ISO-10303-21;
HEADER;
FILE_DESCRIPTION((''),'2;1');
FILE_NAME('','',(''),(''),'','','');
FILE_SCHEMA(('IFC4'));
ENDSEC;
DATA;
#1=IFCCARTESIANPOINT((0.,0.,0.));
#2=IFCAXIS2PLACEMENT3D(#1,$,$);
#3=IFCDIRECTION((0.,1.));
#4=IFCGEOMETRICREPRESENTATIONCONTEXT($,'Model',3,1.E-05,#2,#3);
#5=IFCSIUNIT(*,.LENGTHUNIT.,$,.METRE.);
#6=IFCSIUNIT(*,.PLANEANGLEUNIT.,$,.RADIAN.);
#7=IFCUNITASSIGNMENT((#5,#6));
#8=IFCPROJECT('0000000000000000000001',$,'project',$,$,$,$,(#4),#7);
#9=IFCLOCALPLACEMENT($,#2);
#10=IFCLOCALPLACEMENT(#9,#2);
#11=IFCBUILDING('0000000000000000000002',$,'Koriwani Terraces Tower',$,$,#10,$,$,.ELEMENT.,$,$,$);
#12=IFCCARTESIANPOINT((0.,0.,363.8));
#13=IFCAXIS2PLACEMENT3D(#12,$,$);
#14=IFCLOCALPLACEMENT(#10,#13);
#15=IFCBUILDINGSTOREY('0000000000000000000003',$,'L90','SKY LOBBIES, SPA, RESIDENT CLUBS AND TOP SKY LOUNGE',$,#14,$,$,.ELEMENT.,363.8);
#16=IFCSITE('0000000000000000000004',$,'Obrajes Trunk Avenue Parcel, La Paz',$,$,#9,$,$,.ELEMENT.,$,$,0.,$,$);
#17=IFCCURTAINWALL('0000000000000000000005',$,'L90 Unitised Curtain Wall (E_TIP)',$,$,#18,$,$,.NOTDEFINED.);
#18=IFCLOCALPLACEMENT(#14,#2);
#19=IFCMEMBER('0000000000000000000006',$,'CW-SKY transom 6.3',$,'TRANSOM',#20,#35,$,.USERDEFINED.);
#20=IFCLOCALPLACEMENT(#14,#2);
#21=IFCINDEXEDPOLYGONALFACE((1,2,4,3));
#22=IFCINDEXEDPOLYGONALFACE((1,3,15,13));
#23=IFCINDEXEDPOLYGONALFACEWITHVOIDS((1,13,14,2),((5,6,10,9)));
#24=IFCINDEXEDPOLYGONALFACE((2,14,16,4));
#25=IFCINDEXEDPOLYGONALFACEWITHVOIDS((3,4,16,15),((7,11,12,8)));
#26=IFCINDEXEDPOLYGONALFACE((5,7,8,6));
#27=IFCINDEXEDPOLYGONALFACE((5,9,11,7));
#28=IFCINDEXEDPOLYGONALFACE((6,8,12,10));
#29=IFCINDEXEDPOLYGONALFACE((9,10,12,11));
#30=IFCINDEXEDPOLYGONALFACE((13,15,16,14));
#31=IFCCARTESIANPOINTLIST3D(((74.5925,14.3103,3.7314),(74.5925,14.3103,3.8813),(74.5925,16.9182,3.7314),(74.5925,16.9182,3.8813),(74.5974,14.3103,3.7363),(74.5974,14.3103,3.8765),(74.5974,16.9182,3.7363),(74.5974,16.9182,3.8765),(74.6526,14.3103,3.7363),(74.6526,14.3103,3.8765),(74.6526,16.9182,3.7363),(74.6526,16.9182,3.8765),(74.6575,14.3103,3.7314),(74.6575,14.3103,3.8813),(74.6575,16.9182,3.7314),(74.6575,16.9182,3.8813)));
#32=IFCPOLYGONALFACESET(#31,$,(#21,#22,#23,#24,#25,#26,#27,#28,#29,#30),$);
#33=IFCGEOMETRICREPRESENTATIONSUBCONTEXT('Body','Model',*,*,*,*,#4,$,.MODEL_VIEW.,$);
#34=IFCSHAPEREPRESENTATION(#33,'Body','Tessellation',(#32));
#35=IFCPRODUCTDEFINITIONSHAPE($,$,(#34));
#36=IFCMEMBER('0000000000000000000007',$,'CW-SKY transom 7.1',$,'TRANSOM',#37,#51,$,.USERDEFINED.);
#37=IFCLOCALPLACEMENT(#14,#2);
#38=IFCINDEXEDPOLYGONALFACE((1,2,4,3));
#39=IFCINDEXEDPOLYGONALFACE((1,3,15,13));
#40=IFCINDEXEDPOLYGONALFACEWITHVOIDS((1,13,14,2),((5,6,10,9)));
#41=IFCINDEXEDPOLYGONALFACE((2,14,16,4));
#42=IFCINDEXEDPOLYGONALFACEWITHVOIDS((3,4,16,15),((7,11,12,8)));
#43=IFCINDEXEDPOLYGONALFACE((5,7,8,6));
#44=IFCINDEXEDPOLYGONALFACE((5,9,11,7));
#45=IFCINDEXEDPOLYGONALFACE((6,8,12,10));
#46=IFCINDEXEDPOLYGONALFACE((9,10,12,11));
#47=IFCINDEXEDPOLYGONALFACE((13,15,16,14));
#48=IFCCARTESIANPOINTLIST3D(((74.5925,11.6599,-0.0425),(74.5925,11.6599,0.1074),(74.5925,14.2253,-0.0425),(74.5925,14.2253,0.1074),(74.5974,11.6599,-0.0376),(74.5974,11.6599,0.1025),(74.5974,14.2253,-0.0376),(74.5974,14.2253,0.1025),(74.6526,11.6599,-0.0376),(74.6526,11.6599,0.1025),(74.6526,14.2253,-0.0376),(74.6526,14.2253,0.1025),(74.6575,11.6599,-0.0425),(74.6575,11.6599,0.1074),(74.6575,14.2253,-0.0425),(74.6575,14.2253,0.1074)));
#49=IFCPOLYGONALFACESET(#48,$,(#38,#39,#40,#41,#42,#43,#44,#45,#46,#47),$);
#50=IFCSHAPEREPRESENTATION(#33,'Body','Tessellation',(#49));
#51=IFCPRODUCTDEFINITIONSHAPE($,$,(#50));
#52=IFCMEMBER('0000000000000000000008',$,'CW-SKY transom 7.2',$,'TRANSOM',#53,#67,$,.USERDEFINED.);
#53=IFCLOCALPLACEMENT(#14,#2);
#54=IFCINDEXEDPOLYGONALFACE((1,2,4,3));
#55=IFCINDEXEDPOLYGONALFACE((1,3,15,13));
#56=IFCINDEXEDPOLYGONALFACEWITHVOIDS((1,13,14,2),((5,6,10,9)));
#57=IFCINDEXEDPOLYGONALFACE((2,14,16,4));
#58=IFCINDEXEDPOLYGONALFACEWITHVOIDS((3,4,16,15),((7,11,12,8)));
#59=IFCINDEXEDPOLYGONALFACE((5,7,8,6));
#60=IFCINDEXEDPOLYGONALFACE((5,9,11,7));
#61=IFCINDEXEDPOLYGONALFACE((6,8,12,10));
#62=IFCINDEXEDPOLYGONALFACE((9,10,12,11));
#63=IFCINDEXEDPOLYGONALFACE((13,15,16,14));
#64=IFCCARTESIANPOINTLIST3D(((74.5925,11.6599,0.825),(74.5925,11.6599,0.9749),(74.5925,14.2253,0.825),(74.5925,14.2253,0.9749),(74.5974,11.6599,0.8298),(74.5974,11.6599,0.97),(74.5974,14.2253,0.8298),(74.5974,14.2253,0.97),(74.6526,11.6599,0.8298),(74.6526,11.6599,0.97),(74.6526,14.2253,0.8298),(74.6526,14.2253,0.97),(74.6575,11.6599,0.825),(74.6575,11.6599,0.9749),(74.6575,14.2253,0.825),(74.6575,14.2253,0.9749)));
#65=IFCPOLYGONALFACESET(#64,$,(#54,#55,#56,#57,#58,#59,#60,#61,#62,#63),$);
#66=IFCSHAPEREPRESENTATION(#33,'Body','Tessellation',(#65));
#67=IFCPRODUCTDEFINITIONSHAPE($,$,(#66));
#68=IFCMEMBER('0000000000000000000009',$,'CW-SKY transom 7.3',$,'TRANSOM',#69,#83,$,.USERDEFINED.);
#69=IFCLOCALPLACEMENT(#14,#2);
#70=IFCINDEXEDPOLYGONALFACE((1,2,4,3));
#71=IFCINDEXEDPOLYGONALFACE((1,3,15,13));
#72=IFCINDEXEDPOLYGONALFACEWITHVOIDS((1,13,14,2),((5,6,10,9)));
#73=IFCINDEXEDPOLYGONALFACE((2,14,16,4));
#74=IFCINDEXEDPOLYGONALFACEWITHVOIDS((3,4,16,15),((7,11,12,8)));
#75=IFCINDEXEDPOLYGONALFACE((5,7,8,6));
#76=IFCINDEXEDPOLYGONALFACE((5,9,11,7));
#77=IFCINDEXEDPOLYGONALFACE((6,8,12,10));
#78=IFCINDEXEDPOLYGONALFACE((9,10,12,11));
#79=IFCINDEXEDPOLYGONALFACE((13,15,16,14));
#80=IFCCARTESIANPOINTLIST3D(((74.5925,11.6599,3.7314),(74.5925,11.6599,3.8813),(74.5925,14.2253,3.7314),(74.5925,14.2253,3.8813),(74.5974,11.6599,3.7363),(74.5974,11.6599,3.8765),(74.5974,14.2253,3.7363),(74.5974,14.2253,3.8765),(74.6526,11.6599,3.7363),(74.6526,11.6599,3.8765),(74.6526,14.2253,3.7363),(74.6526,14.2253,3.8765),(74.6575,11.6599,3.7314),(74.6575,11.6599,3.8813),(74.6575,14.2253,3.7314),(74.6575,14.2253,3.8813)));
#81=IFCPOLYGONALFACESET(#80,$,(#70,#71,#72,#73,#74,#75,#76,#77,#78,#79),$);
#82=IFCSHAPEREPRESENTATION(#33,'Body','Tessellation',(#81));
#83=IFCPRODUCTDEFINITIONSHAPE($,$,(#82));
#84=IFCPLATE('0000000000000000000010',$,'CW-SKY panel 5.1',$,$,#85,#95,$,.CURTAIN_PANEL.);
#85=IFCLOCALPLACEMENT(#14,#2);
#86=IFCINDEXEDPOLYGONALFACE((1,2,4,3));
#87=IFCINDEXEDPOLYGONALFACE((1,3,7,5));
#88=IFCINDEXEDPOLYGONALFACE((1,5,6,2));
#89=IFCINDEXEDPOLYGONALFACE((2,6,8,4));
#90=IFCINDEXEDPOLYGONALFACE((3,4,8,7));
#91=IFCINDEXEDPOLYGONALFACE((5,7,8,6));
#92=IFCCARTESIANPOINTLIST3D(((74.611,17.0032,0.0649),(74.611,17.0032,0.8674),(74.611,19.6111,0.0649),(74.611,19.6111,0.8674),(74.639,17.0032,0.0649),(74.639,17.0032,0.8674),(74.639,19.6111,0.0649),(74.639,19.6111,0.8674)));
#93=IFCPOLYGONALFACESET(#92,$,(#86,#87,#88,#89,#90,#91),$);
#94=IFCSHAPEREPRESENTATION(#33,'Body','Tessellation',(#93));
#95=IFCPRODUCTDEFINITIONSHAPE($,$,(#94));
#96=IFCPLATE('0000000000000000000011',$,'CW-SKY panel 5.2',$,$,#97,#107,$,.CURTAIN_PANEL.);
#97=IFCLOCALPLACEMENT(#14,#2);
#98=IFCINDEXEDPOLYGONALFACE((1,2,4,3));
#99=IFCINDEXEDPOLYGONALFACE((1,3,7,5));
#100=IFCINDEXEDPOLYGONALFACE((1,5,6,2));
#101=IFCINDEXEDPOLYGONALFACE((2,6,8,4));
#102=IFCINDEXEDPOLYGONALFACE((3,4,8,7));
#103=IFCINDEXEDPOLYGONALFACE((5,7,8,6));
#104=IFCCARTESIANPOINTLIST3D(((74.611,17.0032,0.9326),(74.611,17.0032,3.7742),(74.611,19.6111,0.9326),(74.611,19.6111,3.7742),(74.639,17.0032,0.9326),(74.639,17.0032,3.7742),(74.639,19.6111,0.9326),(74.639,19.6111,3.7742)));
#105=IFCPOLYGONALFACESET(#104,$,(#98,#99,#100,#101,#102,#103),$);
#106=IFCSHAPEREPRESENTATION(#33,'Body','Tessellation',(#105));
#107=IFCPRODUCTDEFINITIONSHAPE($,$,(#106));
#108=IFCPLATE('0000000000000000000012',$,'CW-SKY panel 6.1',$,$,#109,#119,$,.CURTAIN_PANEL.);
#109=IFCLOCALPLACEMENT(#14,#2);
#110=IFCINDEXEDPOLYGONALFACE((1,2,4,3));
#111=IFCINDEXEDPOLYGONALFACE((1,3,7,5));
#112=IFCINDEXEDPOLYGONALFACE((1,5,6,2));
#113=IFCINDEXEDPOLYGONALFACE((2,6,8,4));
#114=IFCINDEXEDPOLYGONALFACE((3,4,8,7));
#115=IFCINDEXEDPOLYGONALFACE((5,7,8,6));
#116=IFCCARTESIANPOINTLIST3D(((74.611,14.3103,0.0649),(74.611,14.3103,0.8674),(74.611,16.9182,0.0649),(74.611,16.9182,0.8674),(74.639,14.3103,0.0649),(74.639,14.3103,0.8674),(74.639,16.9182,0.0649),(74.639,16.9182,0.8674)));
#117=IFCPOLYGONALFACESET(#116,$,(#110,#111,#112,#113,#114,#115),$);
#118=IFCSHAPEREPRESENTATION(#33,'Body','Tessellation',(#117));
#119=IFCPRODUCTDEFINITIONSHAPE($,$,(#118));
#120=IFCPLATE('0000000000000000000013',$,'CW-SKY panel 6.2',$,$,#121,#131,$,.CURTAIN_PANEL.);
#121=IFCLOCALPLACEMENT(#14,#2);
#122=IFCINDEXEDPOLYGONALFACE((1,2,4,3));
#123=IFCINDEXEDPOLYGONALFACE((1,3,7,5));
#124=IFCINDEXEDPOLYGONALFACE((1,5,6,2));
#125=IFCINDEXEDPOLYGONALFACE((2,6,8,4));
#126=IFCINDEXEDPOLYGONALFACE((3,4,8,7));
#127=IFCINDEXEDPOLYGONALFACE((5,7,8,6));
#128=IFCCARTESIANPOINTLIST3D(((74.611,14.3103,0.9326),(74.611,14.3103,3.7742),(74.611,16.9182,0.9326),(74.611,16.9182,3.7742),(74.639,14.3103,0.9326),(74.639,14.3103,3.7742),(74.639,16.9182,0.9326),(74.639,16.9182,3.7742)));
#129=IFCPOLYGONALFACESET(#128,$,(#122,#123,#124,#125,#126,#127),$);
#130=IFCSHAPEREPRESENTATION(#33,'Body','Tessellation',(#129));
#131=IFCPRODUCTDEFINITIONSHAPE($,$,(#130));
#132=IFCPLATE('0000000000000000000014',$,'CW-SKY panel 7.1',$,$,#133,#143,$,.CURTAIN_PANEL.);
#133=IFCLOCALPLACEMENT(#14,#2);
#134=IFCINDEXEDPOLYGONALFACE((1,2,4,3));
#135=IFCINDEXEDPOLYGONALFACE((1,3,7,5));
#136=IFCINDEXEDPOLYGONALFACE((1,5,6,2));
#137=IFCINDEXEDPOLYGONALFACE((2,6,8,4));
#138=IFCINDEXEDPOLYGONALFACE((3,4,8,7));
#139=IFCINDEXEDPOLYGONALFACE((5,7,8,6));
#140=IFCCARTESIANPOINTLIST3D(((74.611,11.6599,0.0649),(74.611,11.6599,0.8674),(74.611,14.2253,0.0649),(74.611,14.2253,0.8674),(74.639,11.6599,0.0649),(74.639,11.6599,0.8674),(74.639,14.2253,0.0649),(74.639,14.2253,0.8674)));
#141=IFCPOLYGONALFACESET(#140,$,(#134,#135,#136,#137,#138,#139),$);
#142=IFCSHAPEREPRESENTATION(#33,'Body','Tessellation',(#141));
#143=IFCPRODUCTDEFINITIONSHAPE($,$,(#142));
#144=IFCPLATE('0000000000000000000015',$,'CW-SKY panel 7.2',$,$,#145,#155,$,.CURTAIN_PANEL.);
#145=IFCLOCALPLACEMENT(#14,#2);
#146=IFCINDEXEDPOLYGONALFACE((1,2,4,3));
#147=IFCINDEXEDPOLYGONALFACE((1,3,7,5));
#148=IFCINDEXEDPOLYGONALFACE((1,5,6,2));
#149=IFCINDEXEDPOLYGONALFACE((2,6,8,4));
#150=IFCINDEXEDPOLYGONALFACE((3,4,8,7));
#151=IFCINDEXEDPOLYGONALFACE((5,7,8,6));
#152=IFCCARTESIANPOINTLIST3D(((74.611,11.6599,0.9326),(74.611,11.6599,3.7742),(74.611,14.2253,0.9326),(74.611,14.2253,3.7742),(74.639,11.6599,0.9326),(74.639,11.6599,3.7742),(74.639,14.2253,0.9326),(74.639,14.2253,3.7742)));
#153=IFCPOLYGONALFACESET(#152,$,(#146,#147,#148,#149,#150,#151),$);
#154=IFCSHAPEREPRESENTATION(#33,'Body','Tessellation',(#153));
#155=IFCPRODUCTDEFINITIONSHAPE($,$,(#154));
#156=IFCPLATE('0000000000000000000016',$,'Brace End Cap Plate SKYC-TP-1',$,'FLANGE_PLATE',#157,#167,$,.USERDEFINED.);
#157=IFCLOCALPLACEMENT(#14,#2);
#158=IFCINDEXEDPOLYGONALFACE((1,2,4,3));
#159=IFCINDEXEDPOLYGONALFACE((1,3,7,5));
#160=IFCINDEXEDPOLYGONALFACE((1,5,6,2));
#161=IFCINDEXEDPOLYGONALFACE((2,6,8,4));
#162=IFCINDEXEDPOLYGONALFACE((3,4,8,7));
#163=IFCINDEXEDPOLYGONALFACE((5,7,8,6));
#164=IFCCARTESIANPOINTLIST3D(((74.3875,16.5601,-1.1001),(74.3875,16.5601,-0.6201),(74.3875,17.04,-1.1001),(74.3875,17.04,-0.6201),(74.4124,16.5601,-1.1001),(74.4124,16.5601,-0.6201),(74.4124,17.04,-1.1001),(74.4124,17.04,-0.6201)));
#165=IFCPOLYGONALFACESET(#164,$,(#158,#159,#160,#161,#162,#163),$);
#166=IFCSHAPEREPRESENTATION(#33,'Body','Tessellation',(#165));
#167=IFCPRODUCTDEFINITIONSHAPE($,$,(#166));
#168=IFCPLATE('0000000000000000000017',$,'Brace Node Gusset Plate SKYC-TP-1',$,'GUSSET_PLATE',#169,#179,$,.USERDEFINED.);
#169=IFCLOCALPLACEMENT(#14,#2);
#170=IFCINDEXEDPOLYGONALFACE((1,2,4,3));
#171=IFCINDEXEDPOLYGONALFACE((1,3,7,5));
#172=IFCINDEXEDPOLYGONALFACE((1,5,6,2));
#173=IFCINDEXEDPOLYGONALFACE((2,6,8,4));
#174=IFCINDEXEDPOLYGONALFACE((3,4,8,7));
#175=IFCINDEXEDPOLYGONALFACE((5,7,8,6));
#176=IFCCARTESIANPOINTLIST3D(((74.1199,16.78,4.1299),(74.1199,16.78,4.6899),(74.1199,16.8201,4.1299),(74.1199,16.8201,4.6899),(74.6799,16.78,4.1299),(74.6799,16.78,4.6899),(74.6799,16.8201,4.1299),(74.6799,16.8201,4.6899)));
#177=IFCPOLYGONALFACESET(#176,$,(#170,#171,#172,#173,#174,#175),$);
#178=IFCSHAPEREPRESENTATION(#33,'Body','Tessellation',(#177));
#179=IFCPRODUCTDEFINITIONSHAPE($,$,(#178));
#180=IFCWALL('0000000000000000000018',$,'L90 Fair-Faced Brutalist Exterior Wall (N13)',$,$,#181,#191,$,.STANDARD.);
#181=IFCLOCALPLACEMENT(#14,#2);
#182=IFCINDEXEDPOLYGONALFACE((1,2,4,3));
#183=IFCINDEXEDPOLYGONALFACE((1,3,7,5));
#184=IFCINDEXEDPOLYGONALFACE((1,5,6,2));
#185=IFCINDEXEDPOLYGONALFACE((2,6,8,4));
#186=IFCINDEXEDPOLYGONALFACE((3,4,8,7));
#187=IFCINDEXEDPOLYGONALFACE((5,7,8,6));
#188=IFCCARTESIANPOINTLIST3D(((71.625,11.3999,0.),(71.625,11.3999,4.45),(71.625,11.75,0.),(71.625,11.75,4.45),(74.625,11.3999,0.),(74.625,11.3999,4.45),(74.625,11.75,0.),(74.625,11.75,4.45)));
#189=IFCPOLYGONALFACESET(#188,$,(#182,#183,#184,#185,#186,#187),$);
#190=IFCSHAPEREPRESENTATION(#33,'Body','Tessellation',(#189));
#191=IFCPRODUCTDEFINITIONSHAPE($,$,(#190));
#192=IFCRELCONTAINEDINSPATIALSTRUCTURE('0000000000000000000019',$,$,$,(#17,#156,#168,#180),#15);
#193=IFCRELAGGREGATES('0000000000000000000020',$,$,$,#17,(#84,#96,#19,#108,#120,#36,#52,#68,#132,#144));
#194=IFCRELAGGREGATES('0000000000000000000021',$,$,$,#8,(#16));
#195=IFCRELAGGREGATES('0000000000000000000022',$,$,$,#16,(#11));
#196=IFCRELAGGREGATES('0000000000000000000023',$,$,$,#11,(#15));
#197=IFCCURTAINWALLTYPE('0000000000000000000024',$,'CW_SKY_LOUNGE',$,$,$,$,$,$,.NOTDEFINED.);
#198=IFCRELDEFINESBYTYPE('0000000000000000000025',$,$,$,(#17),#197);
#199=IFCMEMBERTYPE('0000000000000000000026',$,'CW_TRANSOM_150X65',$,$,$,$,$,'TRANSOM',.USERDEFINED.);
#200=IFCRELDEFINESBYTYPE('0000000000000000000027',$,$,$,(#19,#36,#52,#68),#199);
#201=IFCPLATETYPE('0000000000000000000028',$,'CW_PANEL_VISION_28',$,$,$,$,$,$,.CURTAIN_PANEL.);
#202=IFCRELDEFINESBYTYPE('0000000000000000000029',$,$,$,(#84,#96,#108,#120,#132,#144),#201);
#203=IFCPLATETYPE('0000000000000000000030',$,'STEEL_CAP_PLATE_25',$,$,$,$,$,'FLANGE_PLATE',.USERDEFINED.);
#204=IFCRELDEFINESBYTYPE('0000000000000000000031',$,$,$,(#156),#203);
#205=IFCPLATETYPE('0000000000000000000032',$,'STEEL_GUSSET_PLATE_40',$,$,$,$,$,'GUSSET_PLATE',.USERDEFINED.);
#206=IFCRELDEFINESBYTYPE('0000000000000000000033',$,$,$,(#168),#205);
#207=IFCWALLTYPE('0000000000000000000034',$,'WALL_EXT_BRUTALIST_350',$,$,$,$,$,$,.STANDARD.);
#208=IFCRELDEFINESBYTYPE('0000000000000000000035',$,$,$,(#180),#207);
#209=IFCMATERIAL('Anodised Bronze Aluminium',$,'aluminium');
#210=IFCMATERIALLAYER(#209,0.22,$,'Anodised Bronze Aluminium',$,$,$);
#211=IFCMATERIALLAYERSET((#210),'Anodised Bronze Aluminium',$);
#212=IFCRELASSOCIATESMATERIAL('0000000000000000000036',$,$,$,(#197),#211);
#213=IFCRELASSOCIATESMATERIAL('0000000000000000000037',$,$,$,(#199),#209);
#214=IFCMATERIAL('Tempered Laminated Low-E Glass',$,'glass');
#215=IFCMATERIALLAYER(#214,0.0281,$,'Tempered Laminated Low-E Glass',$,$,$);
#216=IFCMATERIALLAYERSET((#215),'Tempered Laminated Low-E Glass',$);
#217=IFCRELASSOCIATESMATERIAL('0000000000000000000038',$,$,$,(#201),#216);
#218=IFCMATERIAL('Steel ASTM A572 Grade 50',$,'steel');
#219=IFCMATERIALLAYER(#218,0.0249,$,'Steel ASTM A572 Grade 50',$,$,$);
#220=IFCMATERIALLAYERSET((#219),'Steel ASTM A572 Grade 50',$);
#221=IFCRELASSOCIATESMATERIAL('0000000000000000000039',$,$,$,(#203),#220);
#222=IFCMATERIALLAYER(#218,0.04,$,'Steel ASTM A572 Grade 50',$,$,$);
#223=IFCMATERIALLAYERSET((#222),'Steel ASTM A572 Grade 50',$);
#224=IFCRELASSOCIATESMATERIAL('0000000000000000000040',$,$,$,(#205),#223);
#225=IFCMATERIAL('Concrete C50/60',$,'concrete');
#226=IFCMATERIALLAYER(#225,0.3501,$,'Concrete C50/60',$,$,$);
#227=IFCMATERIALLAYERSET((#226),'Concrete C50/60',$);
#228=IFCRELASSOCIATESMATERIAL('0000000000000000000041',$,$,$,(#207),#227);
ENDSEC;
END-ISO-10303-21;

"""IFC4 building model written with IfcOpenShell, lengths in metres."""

from ifc_helpers import new_model, si_unit, direction, frame, frame_2d, origin, origin_2d, place, context, subcontext, project, spatial, rectangle, hollow_rectangle, extrude, material, layer, layer_set, material_profile, profile_set, type_object, element, aggregate, save


model = new_model("IFC4")

# Units and contexts
model_context = context("Model", 3, precision=1e-05, world=origin(), true_north=direction((0.0, 1.0)))
body_context = subcontext(model_context, "Body", "Model", "MODEL_VIEW")
ifc_project = project(units=[si_unit("LENGTHUNIT", "METRE"), si_unit("PLANEANGLEUNIT", "RADIAN")], contexts=[model_context])

# Site, building, storey
site_placement = place(None, origin())
site = spatial("IfcSite", under=ifc_project, at=site_placement, Name="Obrajes Trunk Avenue Parcel, La Paz", CompositionType="ELEMENT", RefElevation=0.0)
building_placement = place(site_placement, origin())
building = spatial("IfcBuilding", under=site, at=building_placement, Name="Koriwani Terraces Tower", CompositionType="ELEMENT")
storey_placement = place(building_placement, frame((0.0, 0.0, 363.8)))
storey = spatial("IfcBuildingStorey", under=building, at=storey_placement, Name="L90", Description="SKY LOBBIES, SPA, RESIDENT CLUBS AND TOP SKY LOUNGE", CompositionType="ELEMENT", Elevation=363.8)

# Shared definitions
ifc_material_1 = material(Name="Steel ASTM A572 Grade 50", Category="steel")

# Curtain wall, members, plates
ifc_material_2 = material(Name="Anodised Bronze Aluminium", Category="aluminium")
ifc_layer_1 = layer(ifc_material_2, 0.22, Name="Anodised Bronze Aluminium")
ifc_layer_set_1 = layer_set([ifc_layer_1], Name="Anodised Bronze Aluminium")
curtain_wall_type = type_object("IfcCurtainWallType", Name="CW_SKY_LOUNGE", PredefinedType="NOTDEFINED", material=ifc_layer_set_1)
curtain_wall_placement = place(storey_placement, origin())
curtain_wall = element("IfcCurtainWall", 1, at=curtain_wall_placement, inside=storey, type_object=curtain_wall_type, Name="L90 Unitised Curtain Wall (E_TIP)", PredefinedType="NOTDEFINED")
ifc_material_profile_1 = material_profile(ifc_material_2, hollow_rectangle(XDim=0.0649, YDim=0.1499, WallThickness=0.0049, at=origin_2d()), Name="Anodised Bronze Aluminium", Category="LoadBearing")
ifc_profile_set_1 = profile_set([ifc_material_profile_1], Name="Anodised Bronze Aluminium")
member_type_1 = type_object("IfcMemberType", Name="CW_TRANSOM_150X65", ElementType="TRANSOM", PredefinedType="USERDEFINED", material=ifc_profile_set_1)
member_1_placement = place(storey_placement, frame((74.625, 16.9182, 3.8064), z_axis=(0.0, -1.0, 0.0), x_axis=(1.0, 0.0, 0.0)))
member_1 = element("IfcMember", 2, at=member_1_placement, type_object=member_type_1, Name="CW-SKY transom 6.3", ObjectType="TRANSOM", PredefinedType="USERDEFINED", context=body_context, shape_type="SweptSolid", body=[
    extrude(hollow_rectangle(XDim=0.0649, YDim=0.1499, WallThickness=0.0049, at=origin_2d()), origin(), (0.0, 0.0, 1.0), 2.6079),
])
member_2_placement = place(storey_placement, frame((74.625, 14.2253, 0.0325), z_axis=(0.0, -1.0, 0.0), x_axis=(1.0, 0.0, 0.0)))
member_2 = element("IfcMember", 3, at=member_2_placement, type_object=member_type_1, Name="CW-SKY transom 7.1", ObjectType="TRANSOM", PredefinedType="USERDEFINED", context=body_context, shape_type="SweptSolid", body=[
    extrude(hollow_rectangle(XDim=0.0649, YDim=0.1499, WallThickness=0.0049, at=origin_2d()), origin(), (0.0, 0.0, 1.0), 2.5654),
])
member_3_placement = place(storey_placement, frame((74.625, 14.2253, 0.8999), z_axis=(0.0, -1.0, 0.0), x_axis=(1.0, 0.0, 0.0)))
member_3 = element("IfcMember", 4, at=member_3_placement, type_object=member_type_1, Name="CW-SKY transom 7.2", ObjectType="TRANSOM", PredefinedType="USERDEFINED", context=body_context, shape_type="SweptSolid", body=[
    extrude(hollow_rectangle(XDim=0.0649, YDim=0.1499, WallThickness=0.0049, at=origin_2d()), origin(), (0.0, 0.0, 1.0), 2.5654),
])
member_4_placement = place(storey_placement, frame((74.625, 14.2253, 3.8064), z_axis=(0.0, -1.0, 0.0), x_axis=(1.0, 0.0, 0.0)))
member_4 = element("IfcMember", 5, at=member_4_placement, type_object=member_type_1, Name="CW-SKY transom 7.3", ObjectType="TRANSOM", PredefinedType="USERDEFINED", context=body_context, shape_type="SweptSolid", body=[
    extrude(hollow_rectangle(XDim=0.0649, YDim=0.1499, WallThickness=0.0049, at=origin_2d()), origin(), (0.0, 0.0, 1.0), 2.5654),
])
ifc_material_3 = material(Name="Tempered Laminated Low-E Glass", Category="glass")
ifc_layer_2 = layer(ifc_material_3, 0.0281, Name="Tempered Laminated Low-E Glass")
ifc_layer_set_2 = layer_set([ifc_layer_2], Name="Tempered Laminated Low-E Glass")
plate_type_1 = type_object("IfcPlateType", Name="CW_PANEL_VISION_28", PredefinedType="CURTAIN_PANEL", material=ifc_layer_set_2)
plate_1_placement = place(storey_placement, frame((74.625, 18.3071, 0.0649), z_axis=(0.0, 0.0, 1.0), x_axis=(0.0, -1.0, 0.0)))
plate_1 = element("IfcPlate", 6, at=plate_1_placement, type_object=plate_type_1, Name="CW-SKY panel 5.1", PredefinedType="CURTAIN_PANEL", context=body_context, shape_type="SweptSolid", body=[
    extrude(rectangle(XDim=2.6079, YDim=0.0281, at=origin_2d()), origin(), (0.0, 0.0, 1.0), 0.8025),
])
plate_2_placement = place(storey_placement, frame((74.625, 18.3071, 0.9326), z_axis=(0.0, 0.0, 1.0), x_axis=(0.0, -1.0, 0.0)))
plate_2 = element("IfcPlate", 7, at=plate_2_placement, type_object=plate_type_1, Name="CW-SKY panel 5.2", PredefinedType="CURTAIN_PANEL", context=body_context, shape_type="SweptSolid", body=[
    extrude(rectangle(XDim=2.6079, YDim=0.0281, at=origin_2d()), origin(), (0.0, 0.0, 1.0), 2.8416),
])
plate_3_placement = place(storey_placement, frame((74.625, 15.6143, 0.0649), z_axis=(0.0, 0.0, 1.0), x_axis=(0.0, -1.0, 0.0)))
plate_3 = element("IfcPlate", 8, at=plate_3_placement, type_object=plate_type_1, Name="CW-SKY panel 6.1", PredefinedType="CURTAIN_PANEL", context=body_context, shape_type="SweptSolid", body=[
    extrude(rectangle(XDim=2.6079, YDim=0.0281, at=origin_2d()), origin(), (0.0, 0.0, 1.0), 0.8025),
])
plate_4_placement = place(storey_placement, frame((74.625, 15.6143, 0.9326), z_axis=(0.0, 0.0, 1.0), x_axis=(0.0, -1.0, 0.0)))
plate_4 = element("IfcPlate", 9, at=plate_4_placement, type_object=plate_type_1, Name="CW-SKY panel 6.2", PredefinedType="CURTAIN_PANEL", context=body_context, shape_type="SweptSolid", body=[
    extrude(rectangle(XDim=2.6079, YDim=0.0281, at=origin_2d()), origin(), (0.0, 0.0, 1.0), 2.8416),
])
plate_5_placement = place(storey_placement, frame((74.625, 12.9426, 0.0649), z_axis=(0.0, 0.0, 1.0), x_axis=(0.0, -1.0, 0.0)))
plate_5 = element("IfcPlate", 10, at=plate_5_placement, type_object=plate_type_1, Name="CW-SKY panel 7.1", PredefinedType="CURTAIN_PANEL", context=body_context, shape_type="SweptSolid", body=[
    extrude(rectangle(XDim=2.5654, YDim=0.0281, at=origin_2d()), origin(), (0.0, 0.0, 1.0), 0.8025),
])
plate_6_placement = place(storey_placement, frame((74.625, 12.9426, 0.9326), z_axis=(0.0, 0.0, 1.0), x_axis=(0.0, -1.0, 0.0)))
plate_6 = element("IfcPlate", 11, at=plate_6_placement, type_object=plate_type_1, Name="CW-SKY panel 7.2", PredefinedType="CURTAIN_PANEL", context=body_context, shape_type="SweptSolid", body=[
    extrude(rectangle(XDim=2.5654, YDim=0.0281, at=origin_2d()), origin(), (0.0, 0.0, 1.0), 2.8416),
])
aggregate(curtain_wall, [plate_1, plate_2, member_1, plate_3, plate_4, member_2, member_3, member_4, plate_5, plate_6])

# Plates
ifc_layer_3 = layer(ifc_material_1, 0.0249, Name="Steel ASTM A572 Grade 50")
ifc_layer_set_3 = layer_set([ifc_layer_3], Name="Steel ASTM A572 Grade 50")
plate_type_2 = type_object("IfcPlateType", Name="STEEL_CAP_PLATE_25", ElementType="FLANGE_PLATE", PredefinedType="USERDEFINED", material=ifc_layer_set_3)
plate_7_placement = place(storey_placement, frame((74.3999, 16.8, -1.1001), z_axis=(0.0, 0.0, 1.0), x_axis=(1.0, 0.0, 0.0)))
element("IfcPlate", 12, at=plate_7_placement, inside=storey, type_object=plate_type_2, Name="Brace End Cap Plate SKYC-TP-1", ObjectType="FLANGE_PLATE", PredefinedType="USERDEFINED", context=body_context, shape_type="SweptSolid", body=[
    extrude(rectangle(XDim=0.0249, YDim=0.48, at=origin_2d()), origin(), (0.0, 0.0, 1.0), 0.48),
])
ifc_layer_4 = layer(ifc_material_1, 0.04, Name="Steel ASTM A572 Grade 50")
ifc_layer_set_4 = layer_set([ifc_layer_4], Name="Steel ASTM A572 Grade 50")
plate_type_3 = type_object("IfcPlateType", Name="STEEL_GUSSET_PLATE_40", ElementType="GUSSET_PLATE", PredefinedType="USERDEFINED", material=ifc_layer_set_4)
plate_8_placement = place(storey_placement, frame((74.3999, 16.8, 4.1299), z_axis=(0.0, 0.0, 1.0), x_axis=(1.0, 0.0, 0.0)))
element("IfcPlate", 13, at=plate_8_placement, inside=storey, type_object=plate_type_3, Name="Brace Node Gusset Plate SKYC-TP-1", ObjectType="GUSSET_PLATE", PredefinedType="USERDEFINED", context=body_context, shape_type="SweptSolid", body=[
    extrude(rectangle(XDim=0.5601, YDim=0.04, at=origin_2d()), origin(), (0.0, 0.0, 1.0), 0.5601),
])

# Wall
ifc_material_4 = material(Name="Concrete C50/60", Category="concrete")
ifc_layer_5 = layer(ifc_material_4, 0.3501, Name="Concrete C50/60")
ifc_layer_set_5 = layer_set([ifc_layer_5], Name="Concrete C50/60")
wall_type = type_object("IfcWallType", Name="WALL_EXT_BRUTALIST_350", PredefinedType="STANDARD", material=ifc_layer_set_5)
wall_placement = place(storey_placement, frame((74.625, 11.575, 0.0), z_axis=(0.0, 0.0, 1.0), x_axis=(-1.0, 0.0, 0.0)))
element("IfcWall", 14, at=wall_placement, inside=storey, type_object=wall_type, Name="L90 Fair-Faced Brutalist Exterior Wall (N13)", PredefinedType="STANDARD", context=body_context, shape_type="SweptSolid", body=[
    extrude(rectangle(XDim=3.0, YDim=0.3501, at=frame_2d((1.5, 0.0))), origin(), (0.0, 0.0, 1.0), 4.45),
])

save(model, "model.ifc")
